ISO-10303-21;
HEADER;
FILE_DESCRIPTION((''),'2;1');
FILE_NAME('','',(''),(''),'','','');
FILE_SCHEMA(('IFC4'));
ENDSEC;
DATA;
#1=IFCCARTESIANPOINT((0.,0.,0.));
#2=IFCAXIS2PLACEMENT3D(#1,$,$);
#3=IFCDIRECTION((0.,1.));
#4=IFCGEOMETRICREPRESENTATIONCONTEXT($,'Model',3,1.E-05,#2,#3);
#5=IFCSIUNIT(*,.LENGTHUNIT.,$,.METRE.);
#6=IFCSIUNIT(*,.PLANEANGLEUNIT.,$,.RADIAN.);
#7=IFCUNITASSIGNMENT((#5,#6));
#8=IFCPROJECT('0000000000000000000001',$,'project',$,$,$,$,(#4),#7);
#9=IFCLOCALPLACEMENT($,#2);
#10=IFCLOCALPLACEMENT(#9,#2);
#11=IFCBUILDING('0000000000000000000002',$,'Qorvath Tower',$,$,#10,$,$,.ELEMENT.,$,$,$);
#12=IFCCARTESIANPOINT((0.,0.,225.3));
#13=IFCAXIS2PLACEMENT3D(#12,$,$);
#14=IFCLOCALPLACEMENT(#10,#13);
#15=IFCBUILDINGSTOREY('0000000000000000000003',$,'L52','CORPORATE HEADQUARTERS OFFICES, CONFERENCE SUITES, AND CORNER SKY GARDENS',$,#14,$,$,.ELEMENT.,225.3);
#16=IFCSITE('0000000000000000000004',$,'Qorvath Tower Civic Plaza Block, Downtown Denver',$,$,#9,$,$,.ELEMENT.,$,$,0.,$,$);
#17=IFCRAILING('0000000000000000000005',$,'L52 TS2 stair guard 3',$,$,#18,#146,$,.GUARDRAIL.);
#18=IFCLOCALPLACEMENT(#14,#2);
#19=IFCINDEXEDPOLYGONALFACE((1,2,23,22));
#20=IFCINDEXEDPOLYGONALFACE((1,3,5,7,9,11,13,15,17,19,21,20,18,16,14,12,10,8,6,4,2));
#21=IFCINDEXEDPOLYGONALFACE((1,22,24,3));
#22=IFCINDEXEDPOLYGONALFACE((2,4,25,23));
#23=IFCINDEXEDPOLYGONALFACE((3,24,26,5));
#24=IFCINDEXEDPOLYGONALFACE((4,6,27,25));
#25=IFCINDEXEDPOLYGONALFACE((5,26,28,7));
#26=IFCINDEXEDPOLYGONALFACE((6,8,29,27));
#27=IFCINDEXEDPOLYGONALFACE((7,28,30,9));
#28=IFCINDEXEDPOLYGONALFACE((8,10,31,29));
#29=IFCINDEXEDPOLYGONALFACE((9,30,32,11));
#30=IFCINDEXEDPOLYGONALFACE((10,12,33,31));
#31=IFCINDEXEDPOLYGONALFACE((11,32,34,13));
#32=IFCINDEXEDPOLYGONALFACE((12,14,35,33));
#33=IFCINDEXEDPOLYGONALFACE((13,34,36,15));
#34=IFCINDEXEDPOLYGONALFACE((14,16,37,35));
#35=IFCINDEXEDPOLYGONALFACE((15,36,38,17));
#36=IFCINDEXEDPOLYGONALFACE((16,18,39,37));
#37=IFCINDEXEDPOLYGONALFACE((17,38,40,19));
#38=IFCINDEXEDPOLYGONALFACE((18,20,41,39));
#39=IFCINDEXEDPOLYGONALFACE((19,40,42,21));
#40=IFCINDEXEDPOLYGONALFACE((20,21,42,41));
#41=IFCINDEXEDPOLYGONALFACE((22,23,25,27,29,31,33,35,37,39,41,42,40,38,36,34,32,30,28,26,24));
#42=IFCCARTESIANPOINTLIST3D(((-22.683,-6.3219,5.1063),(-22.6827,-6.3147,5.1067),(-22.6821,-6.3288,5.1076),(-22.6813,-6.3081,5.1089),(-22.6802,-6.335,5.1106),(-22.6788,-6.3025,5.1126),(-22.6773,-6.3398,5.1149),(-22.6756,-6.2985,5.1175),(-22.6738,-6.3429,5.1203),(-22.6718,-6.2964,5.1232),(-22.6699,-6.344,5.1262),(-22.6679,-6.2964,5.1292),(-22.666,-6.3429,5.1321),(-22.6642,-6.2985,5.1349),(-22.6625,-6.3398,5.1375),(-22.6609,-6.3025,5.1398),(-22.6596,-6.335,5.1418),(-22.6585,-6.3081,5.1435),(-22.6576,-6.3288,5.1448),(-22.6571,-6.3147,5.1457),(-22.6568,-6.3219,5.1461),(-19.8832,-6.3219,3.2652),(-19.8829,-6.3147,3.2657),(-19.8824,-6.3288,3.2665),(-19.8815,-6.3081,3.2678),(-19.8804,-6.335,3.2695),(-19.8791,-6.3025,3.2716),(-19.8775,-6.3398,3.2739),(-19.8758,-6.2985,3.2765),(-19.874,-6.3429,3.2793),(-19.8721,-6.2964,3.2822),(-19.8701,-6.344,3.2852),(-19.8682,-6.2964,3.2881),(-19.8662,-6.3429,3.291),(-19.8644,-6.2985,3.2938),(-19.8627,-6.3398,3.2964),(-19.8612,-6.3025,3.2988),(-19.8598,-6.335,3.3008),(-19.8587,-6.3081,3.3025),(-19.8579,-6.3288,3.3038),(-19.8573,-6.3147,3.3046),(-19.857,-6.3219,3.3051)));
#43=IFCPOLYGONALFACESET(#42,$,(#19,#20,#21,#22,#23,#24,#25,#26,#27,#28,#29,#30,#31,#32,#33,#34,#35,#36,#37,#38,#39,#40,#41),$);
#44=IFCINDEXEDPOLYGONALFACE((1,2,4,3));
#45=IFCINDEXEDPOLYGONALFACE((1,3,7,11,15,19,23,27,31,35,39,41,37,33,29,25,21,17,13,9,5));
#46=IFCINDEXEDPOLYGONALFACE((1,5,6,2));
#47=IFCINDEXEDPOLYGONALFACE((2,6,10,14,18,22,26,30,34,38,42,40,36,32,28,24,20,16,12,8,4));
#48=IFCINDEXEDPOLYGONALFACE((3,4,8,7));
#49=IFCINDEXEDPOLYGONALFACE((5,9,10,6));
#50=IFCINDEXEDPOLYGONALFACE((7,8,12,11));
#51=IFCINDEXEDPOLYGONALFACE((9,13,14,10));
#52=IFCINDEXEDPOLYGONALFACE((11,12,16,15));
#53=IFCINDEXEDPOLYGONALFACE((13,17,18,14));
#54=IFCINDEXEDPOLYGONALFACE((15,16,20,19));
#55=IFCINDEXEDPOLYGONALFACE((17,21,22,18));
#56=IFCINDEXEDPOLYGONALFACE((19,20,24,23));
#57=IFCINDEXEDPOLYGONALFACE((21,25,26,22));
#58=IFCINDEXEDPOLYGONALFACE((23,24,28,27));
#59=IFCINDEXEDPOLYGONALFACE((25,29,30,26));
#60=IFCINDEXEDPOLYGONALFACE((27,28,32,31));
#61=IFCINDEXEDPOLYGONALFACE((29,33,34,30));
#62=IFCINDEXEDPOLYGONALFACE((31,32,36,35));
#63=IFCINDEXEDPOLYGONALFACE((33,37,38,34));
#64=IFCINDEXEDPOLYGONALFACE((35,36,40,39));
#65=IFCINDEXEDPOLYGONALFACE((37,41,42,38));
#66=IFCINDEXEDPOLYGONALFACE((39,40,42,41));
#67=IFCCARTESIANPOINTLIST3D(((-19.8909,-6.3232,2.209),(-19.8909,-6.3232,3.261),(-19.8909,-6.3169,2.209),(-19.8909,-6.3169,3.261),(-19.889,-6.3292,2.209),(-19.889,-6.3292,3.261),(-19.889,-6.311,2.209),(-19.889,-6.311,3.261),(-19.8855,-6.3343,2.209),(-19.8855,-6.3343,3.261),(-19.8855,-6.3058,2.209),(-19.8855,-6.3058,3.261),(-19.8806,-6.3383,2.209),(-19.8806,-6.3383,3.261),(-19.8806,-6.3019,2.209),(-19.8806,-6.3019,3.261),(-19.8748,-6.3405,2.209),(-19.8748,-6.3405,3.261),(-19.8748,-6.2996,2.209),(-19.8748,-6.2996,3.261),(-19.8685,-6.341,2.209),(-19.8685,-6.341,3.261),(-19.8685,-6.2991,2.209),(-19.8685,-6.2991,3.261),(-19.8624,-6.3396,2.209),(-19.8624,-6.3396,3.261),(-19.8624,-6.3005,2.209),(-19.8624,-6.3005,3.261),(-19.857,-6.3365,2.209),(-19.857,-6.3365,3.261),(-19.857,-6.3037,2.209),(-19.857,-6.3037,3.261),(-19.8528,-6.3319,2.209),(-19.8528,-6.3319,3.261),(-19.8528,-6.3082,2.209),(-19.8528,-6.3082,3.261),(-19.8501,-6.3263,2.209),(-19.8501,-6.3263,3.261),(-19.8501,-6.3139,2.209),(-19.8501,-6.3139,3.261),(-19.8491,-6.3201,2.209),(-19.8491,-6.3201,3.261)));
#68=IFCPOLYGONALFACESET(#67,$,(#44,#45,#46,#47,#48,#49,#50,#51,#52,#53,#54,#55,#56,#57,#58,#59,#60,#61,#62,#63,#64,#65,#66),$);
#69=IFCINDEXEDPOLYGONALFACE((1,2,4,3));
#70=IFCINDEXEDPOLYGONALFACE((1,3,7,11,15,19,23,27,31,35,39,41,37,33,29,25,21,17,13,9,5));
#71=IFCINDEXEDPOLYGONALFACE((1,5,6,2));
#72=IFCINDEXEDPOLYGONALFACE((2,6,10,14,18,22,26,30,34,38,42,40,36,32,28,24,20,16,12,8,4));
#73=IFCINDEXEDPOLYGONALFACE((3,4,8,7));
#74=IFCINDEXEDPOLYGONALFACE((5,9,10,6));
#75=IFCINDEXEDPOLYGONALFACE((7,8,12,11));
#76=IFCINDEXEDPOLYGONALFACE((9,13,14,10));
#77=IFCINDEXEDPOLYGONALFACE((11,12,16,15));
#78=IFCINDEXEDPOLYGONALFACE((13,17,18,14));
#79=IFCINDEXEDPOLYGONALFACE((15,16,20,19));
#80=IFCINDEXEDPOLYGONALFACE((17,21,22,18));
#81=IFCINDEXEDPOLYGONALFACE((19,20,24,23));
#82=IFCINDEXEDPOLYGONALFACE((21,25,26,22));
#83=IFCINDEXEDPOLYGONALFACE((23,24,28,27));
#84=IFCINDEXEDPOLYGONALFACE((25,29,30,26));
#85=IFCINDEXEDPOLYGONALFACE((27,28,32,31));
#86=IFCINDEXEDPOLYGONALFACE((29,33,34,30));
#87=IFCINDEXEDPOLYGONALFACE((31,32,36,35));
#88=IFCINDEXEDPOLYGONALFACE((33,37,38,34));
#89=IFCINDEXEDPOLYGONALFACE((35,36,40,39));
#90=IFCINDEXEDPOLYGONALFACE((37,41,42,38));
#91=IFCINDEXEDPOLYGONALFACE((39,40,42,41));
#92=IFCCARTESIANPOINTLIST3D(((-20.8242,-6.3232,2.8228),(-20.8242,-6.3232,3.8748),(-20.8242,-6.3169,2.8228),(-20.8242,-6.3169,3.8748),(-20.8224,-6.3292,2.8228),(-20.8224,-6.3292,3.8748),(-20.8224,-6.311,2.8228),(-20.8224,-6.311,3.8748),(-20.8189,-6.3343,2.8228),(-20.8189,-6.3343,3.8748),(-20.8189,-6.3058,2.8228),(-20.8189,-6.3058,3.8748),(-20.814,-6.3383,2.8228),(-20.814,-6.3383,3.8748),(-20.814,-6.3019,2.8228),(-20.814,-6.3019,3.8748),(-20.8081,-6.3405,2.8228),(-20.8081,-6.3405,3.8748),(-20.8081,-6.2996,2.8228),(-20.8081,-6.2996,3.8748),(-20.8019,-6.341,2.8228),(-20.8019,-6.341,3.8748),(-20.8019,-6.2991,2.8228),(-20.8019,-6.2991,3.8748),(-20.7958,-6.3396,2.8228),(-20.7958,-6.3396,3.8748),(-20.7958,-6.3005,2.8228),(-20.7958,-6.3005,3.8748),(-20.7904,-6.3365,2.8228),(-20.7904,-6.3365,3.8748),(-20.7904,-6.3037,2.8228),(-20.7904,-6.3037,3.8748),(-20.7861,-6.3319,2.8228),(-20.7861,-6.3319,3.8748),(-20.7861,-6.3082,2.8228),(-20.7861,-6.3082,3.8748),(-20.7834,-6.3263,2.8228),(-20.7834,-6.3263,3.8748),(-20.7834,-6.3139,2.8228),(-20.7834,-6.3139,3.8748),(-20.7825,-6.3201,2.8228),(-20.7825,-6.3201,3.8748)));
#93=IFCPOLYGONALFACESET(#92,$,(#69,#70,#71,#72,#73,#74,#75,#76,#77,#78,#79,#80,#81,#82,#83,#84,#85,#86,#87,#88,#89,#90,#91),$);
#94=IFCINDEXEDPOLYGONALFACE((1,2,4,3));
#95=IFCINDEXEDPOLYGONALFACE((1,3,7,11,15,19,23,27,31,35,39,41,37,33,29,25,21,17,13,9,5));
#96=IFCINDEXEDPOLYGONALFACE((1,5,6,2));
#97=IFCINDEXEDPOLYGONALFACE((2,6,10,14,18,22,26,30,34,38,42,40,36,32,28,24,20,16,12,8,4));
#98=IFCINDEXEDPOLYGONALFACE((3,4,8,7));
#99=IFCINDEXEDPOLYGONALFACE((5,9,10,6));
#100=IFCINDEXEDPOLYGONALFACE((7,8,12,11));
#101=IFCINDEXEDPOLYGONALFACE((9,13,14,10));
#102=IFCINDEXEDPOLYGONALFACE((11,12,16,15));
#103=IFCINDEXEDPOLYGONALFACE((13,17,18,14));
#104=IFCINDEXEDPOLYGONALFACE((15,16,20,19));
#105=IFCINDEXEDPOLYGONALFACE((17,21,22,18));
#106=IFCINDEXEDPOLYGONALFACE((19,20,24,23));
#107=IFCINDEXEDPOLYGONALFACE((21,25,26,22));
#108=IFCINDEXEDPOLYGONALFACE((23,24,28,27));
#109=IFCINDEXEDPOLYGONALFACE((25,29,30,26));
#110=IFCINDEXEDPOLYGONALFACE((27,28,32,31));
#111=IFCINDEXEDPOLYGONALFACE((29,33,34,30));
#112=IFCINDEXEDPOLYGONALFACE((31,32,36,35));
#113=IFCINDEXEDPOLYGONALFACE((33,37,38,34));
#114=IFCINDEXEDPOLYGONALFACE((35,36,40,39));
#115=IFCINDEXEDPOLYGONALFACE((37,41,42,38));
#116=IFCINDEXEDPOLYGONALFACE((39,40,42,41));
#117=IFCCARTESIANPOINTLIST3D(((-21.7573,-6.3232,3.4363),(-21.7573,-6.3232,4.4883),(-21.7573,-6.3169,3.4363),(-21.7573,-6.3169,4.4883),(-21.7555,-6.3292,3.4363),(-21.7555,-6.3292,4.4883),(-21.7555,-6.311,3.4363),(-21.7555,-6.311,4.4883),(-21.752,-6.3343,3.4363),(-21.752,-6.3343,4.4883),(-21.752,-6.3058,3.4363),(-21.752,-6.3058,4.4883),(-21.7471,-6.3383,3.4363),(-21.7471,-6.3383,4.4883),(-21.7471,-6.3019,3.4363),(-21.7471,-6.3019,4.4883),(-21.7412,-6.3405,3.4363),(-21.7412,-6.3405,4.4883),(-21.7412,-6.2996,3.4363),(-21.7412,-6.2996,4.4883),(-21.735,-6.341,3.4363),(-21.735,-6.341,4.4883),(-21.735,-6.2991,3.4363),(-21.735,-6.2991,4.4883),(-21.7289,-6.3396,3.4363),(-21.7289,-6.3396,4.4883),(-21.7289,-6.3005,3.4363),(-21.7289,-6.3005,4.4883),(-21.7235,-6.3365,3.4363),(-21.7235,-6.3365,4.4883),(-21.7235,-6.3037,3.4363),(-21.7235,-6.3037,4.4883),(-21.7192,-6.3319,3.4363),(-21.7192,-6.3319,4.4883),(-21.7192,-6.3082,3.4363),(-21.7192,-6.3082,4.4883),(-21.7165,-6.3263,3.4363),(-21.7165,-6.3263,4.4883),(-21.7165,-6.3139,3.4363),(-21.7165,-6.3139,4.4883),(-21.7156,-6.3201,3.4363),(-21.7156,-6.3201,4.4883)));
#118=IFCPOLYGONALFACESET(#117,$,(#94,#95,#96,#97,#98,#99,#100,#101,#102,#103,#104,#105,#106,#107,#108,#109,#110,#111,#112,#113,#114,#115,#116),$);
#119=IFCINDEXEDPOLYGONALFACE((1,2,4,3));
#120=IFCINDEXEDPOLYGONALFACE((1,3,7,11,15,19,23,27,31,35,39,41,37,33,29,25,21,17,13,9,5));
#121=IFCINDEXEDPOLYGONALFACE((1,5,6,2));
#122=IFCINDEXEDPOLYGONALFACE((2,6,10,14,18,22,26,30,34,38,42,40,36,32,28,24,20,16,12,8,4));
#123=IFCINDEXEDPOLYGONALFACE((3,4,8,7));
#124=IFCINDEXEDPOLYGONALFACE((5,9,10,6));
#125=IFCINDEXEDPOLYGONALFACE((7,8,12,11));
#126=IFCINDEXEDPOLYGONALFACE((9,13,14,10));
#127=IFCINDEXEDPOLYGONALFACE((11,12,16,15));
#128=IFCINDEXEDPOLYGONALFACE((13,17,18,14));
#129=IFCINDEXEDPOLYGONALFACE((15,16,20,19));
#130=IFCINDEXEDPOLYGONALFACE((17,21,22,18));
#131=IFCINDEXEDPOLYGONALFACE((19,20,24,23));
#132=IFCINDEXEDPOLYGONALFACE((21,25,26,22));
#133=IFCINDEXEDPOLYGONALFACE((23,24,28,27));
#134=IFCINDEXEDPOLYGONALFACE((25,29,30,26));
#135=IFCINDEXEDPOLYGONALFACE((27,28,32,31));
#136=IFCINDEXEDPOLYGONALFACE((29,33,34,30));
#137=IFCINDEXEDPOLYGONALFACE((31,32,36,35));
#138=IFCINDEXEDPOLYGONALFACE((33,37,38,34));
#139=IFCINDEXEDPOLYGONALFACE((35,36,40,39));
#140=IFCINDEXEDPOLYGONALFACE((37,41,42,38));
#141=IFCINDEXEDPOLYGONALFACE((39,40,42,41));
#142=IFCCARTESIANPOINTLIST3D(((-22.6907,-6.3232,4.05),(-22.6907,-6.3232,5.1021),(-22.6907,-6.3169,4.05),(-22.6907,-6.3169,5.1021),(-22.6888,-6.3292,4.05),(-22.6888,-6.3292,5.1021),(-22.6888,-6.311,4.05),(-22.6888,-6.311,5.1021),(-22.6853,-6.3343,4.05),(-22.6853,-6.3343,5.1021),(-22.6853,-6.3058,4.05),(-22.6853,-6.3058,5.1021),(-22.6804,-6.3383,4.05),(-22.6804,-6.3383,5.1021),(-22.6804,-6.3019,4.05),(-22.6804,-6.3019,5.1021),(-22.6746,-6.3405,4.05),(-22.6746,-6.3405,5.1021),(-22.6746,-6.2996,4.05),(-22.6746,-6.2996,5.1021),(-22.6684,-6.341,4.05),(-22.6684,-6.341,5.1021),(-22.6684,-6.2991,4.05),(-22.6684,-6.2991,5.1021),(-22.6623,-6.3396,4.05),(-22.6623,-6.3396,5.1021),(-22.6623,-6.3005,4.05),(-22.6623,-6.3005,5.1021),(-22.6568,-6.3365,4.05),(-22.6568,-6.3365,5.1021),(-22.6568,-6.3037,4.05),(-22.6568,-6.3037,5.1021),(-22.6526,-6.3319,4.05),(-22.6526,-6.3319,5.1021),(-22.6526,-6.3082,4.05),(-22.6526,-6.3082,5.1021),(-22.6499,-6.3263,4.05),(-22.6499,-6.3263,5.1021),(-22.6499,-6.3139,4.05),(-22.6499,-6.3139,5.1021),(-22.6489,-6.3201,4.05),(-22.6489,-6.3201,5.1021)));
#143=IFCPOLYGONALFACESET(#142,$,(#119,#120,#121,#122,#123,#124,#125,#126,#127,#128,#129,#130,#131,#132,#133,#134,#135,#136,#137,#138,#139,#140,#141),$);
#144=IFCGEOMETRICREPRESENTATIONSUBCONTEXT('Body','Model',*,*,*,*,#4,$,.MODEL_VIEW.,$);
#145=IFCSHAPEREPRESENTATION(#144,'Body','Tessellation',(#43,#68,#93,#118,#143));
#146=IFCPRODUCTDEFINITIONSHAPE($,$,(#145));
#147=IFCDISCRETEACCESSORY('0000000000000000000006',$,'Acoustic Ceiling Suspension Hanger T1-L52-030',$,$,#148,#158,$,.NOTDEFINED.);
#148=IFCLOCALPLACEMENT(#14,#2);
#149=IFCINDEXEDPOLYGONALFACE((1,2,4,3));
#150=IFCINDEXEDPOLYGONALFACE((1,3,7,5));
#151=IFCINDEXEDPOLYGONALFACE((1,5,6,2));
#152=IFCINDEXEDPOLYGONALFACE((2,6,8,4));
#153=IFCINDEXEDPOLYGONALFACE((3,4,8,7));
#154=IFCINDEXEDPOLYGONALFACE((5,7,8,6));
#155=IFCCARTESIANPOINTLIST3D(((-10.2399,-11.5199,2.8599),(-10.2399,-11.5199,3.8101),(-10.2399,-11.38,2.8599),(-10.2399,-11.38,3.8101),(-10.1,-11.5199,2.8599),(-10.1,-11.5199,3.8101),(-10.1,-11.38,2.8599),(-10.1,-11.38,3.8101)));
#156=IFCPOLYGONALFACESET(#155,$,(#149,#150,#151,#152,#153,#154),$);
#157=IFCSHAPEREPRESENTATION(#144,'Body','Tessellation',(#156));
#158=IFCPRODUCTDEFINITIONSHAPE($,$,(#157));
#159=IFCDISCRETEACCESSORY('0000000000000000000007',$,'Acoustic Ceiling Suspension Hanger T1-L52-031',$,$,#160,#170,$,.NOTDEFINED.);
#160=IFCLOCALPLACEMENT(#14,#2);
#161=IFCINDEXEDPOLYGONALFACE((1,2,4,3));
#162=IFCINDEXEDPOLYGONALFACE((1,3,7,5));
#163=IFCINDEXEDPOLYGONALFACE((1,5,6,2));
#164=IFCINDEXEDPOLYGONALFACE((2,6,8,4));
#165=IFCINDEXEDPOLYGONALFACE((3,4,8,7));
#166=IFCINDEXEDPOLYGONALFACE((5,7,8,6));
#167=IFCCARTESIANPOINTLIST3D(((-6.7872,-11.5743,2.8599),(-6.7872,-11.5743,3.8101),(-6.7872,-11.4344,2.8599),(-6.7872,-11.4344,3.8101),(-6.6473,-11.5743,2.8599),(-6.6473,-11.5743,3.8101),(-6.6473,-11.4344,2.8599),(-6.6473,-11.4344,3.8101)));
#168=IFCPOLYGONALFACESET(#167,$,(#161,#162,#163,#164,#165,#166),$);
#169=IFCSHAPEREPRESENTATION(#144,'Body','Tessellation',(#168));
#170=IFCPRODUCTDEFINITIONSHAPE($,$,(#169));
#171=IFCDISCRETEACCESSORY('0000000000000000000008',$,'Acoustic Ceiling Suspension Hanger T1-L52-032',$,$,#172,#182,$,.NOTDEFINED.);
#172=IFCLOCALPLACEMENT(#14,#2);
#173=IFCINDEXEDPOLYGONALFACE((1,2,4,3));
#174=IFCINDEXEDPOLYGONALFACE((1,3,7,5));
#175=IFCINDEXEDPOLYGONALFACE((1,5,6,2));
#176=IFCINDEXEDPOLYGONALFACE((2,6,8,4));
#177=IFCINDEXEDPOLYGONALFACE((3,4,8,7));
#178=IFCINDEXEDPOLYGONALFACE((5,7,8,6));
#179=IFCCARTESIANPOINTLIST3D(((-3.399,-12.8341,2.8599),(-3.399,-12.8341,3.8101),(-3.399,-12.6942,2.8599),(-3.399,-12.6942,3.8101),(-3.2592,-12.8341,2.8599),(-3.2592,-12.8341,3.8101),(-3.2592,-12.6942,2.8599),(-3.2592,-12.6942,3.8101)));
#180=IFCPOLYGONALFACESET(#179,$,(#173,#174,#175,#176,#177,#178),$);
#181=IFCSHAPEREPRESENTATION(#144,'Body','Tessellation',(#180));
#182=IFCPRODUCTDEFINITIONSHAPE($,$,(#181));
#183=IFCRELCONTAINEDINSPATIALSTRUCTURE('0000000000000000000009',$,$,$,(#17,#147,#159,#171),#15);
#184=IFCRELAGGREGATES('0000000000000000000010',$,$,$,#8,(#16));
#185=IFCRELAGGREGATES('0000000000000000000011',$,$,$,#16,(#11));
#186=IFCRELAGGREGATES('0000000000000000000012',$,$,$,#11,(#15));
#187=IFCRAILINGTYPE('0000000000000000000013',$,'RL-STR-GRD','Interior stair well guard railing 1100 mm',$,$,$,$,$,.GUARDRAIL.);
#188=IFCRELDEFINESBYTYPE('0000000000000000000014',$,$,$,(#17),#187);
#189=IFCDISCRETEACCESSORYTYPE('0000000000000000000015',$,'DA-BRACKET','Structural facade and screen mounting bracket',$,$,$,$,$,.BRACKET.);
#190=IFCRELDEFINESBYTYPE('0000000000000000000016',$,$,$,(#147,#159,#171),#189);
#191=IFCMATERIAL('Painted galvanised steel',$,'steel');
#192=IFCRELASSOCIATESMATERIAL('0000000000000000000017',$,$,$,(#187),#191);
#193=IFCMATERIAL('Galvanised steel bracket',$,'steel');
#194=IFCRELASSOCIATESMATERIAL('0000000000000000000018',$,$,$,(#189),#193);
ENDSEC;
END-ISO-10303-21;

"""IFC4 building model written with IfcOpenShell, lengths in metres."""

from ifc_helpers import new_model, si_unit, direction, frame, origin, origin_2d, place, context, subcontext, project, spatial, rectangle, circle, extrude, material, type_object, element, save


model = new_model("IFC4")

# Units and contexts
model_context = context("Model", 3, precision=1e-05, world=origin(), true_north=direction((0.0, 1.0)))
body_context = subcontext(model_context, "Body", "Model", "MODEL_VIEW")
ifc_project = project(units=[si_unit("LENGTHUNIT", "METRE"), si_unit("PLANEANGLEUNIT", "RADIAN")], contexts=[model_context])

# Site, building, storey
site_placement = place(None, origin())
site = spatial("IfcSite", under=ifc_project, at=site_placement, Name="Qorvath Tower Civic Plaza Block, Downtown Denver", CompositionType="ELEMENT", RefElevation=0.0)
building_placement = place(site_placement, origin())
building = spatial("IfcBuilding", under=site, at=building_placement, Name="Qorvath Tower", CompositionType="ELEMENT")
storey_placement = place(building_placement, frame((0.0, 0.0, 225.3)))
storey = spatial("IfcBuildingStorey", under=building, at=storey_placement, Name="L52", Description="CORPORATE HEADQUARTERS OFFICES, CONFERENCE SUITES, AND CORNER SKY GARDENS", CompositionType="ELEMENT", Elevation=225.3)

# Railing
ifc_material_1 = material(Name="Painted galvanised steel", Category="steel")
railing_type = type_object("IfcRailingType", Name="RL-STR-GRD", Description="Interior stair well guard railing 1100 mm", PredefinedType="GUARDRAIL", material=ifc_material_1)
railing_1_placement = place(storey_placement, frame((-19.8701, -6.3201, 2.209)))
element("IfcRailing", 1, at=railing_1_placement, inside=storey, type_object=railing_type, Name="L52 TS2 stair guard 3", PredefinedType="GUARDRAIL", context=body_context, shape_type="SweptSolid", body=[
    extrude(circle(Radius=0.0239, at=origin_2d()), frame((0.0, 0.0, 1.0762), z_axis=(-0.835542, 0.0, 0.549426), x_axis=(0.0, -1.0, 0.0)), (0.0, 0.0, 1.0), 3.3508),
    extrude(circle(Radius=0.021, at=origin_2d()), origin(), (0.0, 0.0, 1.0), 1.052),
    extrude(circle(Radius=0.021, at=origin_2d()), frame((-0.9333, 0.0, 0.6138)), (0.0, 0.0, 1.0), 1.052),
    extrude(circle(Radius=0.021, at=origin_2d()), frame((-1.8665, 0.0, 1.2273)), (0.0, 0.0, 1.0), 1.052),
    extrude(circle(Radius=0.021, at=origin_2d()), frame((-2.7998, 0.0, 1.8411)), (0.0, 0.0, 1.0), 1.052),
])

# Discrete accessories
ifc_material_2 = material(Name="Galvanised steel bracket", Category="steel")
discrete_accessory_type = type_object("IfcDiscreteAccessoryType", Name="DA-BRACKET", Description="Structural facade and screen mounting bracket", PredefinedType="BRACKET", material=ifc_material_2)
for number, where, z_axis, x_axis, name in (
    (2, (-10.1699, -11.45, 2.8599), (0.0, 0.0, 1.0), (1.0, 0.0, 0.0), "Acoustic Ceiling Suspension Hanger T1-L52-030"),
    (3, (-6.7173, -11.5044, 2.8599), (0.0, 0.0, 1.0), (1.0, 0.0, 0.0), "Acoustic Ceiling Suspension Hanger T1-L52-031"),
    (4, (-3.3291, -12.7642, 2.8599), (0.0, 0.0, 1.0), (1.0, 0.0, 0.0), "Acoustic Ceiling Suspension Hanger T1-L52-032"),
):
    element("IfcDiscreteAccessory", number, at=place(storey_placement, frame(where, z_axis=z_axis, x_axis=x_axis)), inside=storey, type_object=discrete_accessory_type, Name=name, PredefinedType="NOTDEFINED", context=body_context, shape_type="SweptSolid", body=[
        extrude(rectangle(XDim=0.1399, YDim=0.1399, at=origin_2d()), origin(), (0.0, 0.0, 1.0), 0.9502),
    ])

save(model, "model.ifc")
